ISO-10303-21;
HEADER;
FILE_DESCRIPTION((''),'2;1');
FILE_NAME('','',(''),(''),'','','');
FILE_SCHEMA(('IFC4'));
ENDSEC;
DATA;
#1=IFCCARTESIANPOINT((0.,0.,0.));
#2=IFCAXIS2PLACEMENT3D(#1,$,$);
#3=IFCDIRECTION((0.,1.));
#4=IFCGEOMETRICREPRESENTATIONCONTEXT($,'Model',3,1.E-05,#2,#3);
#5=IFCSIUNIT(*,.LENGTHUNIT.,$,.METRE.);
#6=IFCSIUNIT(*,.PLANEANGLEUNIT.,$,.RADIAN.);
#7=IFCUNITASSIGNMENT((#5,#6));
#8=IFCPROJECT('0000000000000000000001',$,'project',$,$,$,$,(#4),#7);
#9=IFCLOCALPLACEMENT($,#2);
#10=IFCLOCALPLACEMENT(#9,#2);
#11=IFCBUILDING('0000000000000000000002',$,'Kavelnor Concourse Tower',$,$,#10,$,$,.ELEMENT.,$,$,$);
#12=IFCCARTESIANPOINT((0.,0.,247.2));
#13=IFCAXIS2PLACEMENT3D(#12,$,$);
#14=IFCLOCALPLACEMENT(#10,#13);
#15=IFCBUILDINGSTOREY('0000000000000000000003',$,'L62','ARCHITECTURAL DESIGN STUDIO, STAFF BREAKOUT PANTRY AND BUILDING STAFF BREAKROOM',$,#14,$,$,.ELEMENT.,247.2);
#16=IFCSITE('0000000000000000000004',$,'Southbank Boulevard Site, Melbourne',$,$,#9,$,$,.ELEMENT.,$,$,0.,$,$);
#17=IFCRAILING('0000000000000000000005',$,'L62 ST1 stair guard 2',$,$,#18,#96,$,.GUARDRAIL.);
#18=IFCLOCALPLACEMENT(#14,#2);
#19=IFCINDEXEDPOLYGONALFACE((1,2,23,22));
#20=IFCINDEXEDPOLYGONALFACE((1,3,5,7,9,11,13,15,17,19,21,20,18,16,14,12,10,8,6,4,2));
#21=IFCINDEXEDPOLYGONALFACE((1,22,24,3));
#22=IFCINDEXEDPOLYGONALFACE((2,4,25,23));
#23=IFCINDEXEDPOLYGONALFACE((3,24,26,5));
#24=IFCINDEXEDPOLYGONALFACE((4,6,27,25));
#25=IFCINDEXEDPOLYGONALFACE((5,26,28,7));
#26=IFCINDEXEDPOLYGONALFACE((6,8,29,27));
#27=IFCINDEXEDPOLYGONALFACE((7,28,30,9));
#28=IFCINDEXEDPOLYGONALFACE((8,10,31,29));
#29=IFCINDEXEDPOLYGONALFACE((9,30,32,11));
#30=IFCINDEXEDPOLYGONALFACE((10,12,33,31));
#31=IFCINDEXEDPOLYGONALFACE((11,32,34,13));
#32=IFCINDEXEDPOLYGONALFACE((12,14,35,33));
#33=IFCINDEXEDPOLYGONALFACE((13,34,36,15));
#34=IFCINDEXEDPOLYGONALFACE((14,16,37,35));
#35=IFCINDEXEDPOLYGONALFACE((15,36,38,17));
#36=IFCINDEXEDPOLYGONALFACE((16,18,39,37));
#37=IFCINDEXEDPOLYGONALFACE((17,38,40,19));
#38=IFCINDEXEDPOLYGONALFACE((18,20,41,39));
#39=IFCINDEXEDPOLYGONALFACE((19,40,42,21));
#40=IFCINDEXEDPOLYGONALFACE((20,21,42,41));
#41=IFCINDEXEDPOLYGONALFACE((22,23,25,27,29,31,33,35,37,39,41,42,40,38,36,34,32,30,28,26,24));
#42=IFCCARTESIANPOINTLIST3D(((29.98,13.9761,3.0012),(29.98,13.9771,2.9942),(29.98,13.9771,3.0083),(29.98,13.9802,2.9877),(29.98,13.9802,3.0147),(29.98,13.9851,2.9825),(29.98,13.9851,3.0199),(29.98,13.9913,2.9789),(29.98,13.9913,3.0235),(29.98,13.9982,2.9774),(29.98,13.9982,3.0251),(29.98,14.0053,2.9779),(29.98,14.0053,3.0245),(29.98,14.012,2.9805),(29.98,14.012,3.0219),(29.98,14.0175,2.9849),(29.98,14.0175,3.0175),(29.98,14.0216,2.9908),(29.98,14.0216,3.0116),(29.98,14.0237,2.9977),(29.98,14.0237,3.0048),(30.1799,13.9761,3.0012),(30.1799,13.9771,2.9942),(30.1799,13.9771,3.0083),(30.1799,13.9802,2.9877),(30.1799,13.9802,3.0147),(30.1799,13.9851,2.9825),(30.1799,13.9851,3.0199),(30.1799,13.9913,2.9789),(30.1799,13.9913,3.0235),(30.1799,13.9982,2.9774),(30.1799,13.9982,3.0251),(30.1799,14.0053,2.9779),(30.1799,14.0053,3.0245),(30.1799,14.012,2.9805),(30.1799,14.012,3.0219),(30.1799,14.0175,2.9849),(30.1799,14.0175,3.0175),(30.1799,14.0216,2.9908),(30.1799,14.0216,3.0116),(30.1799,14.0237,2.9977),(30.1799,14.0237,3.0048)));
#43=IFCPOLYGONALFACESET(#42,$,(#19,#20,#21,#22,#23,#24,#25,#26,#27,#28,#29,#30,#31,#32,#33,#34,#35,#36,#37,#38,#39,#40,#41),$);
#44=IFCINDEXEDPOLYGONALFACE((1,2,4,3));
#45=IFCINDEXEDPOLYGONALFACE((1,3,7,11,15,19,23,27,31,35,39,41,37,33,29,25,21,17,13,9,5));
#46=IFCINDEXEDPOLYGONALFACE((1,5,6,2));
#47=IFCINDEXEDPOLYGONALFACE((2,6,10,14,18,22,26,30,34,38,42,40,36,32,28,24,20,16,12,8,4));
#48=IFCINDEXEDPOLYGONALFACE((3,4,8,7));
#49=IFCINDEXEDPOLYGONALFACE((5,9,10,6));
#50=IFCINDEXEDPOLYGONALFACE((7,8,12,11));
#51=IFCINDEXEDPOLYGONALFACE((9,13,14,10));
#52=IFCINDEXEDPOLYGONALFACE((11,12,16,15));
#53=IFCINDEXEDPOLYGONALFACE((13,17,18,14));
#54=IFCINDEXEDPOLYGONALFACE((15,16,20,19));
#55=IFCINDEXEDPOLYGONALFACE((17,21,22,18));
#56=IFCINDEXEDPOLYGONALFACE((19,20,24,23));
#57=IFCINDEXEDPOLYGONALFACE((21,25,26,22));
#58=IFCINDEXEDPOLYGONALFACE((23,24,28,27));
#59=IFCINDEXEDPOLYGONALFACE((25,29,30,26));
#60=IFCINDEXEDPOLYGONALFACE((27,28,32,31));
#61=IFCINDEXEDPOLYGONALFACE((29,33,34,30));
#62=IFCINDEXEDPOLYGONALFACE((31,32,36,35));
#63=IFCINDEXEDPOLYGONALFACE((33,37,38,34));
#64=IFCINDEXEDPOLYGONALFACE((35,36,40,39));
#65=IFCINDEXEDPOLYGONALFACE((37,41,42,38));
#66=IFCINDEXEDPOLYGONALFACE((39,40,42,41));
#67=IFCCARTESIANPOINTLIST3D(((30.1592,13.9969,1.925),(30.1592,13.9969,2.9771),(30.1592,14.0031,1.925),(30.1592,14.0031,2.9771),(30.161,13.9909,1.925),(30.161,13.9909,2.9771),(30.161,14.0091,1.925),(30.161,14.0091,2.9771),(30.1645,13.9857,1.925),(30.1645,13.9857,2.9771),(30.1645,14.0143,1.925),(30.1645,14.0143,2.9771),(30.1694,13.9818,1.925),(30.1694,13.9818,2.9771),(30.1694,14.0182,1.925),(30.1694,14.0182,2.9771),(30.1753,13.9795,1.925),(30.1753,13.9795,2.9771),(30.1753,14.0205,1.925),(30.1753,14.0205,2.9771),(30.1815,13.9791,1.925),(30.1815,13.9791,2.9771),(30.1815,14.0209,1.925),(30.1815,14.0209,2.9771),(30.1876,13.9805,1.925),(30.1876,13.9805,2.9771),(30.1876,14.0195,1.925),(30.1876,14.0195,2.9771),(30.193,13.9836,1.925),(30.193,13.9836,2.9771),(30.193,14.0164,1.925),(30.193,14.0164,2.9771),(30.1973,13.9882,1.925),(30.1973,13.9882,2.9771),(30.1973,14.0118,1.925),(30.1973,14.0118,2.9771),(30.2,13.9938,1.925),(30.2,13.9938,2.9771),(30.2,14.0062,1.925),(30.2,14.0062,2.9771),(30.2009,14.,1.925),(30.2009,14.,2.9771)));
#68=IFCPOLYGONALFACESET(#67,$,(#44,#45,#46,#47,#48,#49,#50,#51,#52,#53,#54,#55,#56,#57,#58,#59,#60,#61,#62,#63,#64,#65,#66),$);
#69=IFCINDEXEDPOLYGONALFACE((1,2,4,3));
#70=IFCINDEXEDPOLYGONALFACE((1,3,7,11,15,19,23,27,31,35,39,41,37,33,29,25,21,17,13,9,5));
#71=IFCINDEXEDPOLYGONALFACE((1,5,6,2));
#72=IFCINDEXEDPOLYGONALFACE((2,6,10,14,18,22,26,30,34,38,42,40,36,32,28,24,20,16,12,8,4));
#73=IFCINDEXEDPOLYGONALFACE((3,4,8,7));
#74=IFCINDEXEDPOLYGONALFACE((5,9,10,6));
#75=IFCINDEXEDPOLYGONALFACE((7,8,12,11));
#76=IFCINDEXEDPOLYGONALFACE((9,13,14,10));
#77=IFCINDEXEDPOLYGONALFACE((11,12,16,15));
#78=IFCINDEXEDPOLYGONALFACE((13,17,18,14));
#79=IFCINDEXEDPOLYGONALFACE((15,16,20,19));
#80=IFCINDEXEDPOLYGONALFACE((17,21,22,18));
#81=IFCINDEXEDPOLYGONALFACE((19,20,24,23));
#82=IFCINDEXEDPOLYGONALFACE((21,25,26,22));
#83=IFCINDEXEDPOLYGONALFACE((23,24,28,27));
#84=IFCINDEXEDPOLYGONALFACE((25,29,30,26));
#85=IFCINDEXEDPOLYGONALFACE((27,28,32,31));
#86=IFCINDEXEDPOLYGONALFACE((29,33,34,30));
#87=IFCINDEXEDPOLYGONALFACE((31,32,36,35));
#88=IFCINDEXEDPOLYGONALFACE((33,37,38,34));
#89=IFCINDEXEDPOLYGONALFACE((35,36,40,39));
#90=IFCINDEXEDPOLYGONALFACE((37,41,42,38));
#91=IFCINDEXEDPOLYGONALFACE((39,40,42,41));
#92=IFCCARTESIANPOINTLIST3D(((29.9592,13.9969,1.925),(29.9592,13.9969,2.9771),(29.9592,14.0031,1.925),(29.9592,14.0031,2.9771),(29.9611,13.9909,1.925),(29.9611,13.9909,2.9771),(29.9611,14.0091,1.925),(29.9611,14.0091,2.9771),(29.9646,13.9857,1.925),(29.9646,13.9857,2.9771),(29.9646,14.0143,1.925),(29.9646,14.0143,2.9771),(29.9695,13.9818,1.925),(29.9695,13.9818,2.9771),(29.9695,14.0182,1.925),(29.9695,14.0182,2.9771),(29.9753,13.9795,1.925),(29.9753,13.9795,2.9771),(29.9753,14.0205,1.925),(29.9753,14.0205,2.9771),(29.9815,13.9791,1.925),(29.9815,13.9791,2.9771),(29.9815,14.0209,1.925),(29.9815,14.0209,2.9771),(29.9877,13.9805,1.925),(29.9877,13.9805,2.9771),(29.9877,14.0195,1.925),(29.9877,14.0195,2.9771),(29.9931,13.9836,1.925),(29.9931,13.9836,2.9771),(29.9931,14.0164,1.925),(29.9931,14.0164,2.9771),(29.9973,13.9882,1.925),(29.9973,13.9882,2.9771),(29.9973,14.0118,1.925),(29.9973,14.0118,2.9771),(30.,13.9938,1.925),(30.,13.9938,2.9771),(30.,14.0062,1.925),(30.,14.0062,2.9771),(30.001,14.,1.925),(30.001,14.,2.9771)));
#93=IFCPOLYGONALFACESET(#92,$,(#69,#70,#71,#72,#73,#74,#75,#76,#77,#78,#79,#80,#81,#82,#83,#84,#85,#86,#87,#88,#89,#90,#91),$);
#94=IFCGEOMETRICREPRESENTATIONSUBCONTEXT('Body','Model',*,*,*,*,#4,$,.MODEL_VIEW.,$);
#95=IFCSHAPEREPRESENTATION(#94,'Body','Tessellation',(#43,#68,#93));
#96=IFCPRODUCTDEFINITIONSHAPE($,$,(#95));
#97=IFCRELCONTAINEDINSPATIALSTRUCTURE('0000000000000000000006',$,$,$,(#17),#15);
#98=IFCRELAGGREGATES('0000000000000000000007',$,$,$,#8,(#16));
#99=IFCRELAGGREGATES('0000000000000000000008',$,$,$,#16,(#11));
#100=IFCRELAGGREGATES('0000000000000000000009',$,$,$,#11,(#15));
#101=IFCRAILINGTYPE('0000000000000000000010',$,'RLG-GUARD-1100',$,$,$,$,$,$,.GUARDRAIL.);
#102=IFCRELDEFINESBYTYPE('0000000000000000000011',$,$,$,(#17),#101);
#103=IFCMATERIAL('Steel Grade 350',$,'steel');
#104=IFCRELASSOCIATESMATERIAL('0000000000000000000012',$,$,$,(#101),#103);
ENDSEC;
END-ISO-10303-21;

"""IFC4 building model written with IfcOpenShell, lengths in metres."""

from ifc_helpers import new_model, si_unit, direction, frame, origin, origin_2d, place, context, subcontext, project, spatial, circle, extrude, material, type_object, element, save


model = new_model("IFC4")

# Units and contexts
model_context = context("Model", 3, precision=1e-05, world=origin(), true_north=direction((0.0, 1.0)))
body_context = subcontext(model_context, "Body", "Model", "MODEL_VIEW")
ifc_project = project(units=[si_unit("LENGTHUNIT", "METRE"), si_unit("PLANEANGLEUNIT", "RADIAN")], contexts=[model_context])

# Site, building, storey
site_placement = place(None, origin())
site = spatial("IfcSite", under=ifc_project, at=site_placement, Name="Southbank Boulevard Site, Melbourne", CompositionType="ELEMENT", RefElevation=0.0)
building_placement = place(site_placement, origin())
building = spatial("IfcBuilding", under=site, at=building_placement, Name="Kavelnor Concourse Tower", CompositionType="ELEMENT")
storey_placement = place(building_placement, frame((0.0, 0.0, 247.2)))
storey = spatial("IfcBuildingStorey", under=building, at=storey_placement, Name="L62", Description="ARCHITECTURAL DESIGN STUDIO, STAFF BREAKOUT PANTRY AND BUILDING STAFF BREAKROOM", CompositionType="ELEMENT", Elevation=247.2)

# Shared definitions
ifc_material_1 = material(Name="Steel Grade 350", Category="steel")

# Railing
railing_type_1 = type_object("IfcRailingType", Name="RLG-GUARD-1100", PredefinedType="GUARDRAIL", material=ifc_material_1)
railing_1_placement = place(storey_placement, frame((30.1799, 14.0, 1.925)))
element("IfcRailing", 1, at=railing_1_placement, inside=storey, type_object=railing_type_1, Name="L62 ST1 stair guard 2", PredefinedType="GUARDRAIL", context=body_context, shape_type="SweptSolid", body=[
    extrude(circle(Radius=0.0239, at=origin_2d()), frame((0.0, 0.0, 1.0762), z_axis=(-1.0, 0.0, 0.0), x_axis=(0.0, -1.0, 0.0)), (0.0, 0.0, 1.0), 0.2),
    extrude(circle(Radius=0.021, at=origin_2d()), origin(), (0.0, 0.0, 1.0), 1.052),
    extrude(circle(Radius=0.021, at=origin_2d()), frame((-0.2, 0.0, 0.0)), (0.0, 0.0, 1.0), 1.052),
])

save(model, "model.ifc")
